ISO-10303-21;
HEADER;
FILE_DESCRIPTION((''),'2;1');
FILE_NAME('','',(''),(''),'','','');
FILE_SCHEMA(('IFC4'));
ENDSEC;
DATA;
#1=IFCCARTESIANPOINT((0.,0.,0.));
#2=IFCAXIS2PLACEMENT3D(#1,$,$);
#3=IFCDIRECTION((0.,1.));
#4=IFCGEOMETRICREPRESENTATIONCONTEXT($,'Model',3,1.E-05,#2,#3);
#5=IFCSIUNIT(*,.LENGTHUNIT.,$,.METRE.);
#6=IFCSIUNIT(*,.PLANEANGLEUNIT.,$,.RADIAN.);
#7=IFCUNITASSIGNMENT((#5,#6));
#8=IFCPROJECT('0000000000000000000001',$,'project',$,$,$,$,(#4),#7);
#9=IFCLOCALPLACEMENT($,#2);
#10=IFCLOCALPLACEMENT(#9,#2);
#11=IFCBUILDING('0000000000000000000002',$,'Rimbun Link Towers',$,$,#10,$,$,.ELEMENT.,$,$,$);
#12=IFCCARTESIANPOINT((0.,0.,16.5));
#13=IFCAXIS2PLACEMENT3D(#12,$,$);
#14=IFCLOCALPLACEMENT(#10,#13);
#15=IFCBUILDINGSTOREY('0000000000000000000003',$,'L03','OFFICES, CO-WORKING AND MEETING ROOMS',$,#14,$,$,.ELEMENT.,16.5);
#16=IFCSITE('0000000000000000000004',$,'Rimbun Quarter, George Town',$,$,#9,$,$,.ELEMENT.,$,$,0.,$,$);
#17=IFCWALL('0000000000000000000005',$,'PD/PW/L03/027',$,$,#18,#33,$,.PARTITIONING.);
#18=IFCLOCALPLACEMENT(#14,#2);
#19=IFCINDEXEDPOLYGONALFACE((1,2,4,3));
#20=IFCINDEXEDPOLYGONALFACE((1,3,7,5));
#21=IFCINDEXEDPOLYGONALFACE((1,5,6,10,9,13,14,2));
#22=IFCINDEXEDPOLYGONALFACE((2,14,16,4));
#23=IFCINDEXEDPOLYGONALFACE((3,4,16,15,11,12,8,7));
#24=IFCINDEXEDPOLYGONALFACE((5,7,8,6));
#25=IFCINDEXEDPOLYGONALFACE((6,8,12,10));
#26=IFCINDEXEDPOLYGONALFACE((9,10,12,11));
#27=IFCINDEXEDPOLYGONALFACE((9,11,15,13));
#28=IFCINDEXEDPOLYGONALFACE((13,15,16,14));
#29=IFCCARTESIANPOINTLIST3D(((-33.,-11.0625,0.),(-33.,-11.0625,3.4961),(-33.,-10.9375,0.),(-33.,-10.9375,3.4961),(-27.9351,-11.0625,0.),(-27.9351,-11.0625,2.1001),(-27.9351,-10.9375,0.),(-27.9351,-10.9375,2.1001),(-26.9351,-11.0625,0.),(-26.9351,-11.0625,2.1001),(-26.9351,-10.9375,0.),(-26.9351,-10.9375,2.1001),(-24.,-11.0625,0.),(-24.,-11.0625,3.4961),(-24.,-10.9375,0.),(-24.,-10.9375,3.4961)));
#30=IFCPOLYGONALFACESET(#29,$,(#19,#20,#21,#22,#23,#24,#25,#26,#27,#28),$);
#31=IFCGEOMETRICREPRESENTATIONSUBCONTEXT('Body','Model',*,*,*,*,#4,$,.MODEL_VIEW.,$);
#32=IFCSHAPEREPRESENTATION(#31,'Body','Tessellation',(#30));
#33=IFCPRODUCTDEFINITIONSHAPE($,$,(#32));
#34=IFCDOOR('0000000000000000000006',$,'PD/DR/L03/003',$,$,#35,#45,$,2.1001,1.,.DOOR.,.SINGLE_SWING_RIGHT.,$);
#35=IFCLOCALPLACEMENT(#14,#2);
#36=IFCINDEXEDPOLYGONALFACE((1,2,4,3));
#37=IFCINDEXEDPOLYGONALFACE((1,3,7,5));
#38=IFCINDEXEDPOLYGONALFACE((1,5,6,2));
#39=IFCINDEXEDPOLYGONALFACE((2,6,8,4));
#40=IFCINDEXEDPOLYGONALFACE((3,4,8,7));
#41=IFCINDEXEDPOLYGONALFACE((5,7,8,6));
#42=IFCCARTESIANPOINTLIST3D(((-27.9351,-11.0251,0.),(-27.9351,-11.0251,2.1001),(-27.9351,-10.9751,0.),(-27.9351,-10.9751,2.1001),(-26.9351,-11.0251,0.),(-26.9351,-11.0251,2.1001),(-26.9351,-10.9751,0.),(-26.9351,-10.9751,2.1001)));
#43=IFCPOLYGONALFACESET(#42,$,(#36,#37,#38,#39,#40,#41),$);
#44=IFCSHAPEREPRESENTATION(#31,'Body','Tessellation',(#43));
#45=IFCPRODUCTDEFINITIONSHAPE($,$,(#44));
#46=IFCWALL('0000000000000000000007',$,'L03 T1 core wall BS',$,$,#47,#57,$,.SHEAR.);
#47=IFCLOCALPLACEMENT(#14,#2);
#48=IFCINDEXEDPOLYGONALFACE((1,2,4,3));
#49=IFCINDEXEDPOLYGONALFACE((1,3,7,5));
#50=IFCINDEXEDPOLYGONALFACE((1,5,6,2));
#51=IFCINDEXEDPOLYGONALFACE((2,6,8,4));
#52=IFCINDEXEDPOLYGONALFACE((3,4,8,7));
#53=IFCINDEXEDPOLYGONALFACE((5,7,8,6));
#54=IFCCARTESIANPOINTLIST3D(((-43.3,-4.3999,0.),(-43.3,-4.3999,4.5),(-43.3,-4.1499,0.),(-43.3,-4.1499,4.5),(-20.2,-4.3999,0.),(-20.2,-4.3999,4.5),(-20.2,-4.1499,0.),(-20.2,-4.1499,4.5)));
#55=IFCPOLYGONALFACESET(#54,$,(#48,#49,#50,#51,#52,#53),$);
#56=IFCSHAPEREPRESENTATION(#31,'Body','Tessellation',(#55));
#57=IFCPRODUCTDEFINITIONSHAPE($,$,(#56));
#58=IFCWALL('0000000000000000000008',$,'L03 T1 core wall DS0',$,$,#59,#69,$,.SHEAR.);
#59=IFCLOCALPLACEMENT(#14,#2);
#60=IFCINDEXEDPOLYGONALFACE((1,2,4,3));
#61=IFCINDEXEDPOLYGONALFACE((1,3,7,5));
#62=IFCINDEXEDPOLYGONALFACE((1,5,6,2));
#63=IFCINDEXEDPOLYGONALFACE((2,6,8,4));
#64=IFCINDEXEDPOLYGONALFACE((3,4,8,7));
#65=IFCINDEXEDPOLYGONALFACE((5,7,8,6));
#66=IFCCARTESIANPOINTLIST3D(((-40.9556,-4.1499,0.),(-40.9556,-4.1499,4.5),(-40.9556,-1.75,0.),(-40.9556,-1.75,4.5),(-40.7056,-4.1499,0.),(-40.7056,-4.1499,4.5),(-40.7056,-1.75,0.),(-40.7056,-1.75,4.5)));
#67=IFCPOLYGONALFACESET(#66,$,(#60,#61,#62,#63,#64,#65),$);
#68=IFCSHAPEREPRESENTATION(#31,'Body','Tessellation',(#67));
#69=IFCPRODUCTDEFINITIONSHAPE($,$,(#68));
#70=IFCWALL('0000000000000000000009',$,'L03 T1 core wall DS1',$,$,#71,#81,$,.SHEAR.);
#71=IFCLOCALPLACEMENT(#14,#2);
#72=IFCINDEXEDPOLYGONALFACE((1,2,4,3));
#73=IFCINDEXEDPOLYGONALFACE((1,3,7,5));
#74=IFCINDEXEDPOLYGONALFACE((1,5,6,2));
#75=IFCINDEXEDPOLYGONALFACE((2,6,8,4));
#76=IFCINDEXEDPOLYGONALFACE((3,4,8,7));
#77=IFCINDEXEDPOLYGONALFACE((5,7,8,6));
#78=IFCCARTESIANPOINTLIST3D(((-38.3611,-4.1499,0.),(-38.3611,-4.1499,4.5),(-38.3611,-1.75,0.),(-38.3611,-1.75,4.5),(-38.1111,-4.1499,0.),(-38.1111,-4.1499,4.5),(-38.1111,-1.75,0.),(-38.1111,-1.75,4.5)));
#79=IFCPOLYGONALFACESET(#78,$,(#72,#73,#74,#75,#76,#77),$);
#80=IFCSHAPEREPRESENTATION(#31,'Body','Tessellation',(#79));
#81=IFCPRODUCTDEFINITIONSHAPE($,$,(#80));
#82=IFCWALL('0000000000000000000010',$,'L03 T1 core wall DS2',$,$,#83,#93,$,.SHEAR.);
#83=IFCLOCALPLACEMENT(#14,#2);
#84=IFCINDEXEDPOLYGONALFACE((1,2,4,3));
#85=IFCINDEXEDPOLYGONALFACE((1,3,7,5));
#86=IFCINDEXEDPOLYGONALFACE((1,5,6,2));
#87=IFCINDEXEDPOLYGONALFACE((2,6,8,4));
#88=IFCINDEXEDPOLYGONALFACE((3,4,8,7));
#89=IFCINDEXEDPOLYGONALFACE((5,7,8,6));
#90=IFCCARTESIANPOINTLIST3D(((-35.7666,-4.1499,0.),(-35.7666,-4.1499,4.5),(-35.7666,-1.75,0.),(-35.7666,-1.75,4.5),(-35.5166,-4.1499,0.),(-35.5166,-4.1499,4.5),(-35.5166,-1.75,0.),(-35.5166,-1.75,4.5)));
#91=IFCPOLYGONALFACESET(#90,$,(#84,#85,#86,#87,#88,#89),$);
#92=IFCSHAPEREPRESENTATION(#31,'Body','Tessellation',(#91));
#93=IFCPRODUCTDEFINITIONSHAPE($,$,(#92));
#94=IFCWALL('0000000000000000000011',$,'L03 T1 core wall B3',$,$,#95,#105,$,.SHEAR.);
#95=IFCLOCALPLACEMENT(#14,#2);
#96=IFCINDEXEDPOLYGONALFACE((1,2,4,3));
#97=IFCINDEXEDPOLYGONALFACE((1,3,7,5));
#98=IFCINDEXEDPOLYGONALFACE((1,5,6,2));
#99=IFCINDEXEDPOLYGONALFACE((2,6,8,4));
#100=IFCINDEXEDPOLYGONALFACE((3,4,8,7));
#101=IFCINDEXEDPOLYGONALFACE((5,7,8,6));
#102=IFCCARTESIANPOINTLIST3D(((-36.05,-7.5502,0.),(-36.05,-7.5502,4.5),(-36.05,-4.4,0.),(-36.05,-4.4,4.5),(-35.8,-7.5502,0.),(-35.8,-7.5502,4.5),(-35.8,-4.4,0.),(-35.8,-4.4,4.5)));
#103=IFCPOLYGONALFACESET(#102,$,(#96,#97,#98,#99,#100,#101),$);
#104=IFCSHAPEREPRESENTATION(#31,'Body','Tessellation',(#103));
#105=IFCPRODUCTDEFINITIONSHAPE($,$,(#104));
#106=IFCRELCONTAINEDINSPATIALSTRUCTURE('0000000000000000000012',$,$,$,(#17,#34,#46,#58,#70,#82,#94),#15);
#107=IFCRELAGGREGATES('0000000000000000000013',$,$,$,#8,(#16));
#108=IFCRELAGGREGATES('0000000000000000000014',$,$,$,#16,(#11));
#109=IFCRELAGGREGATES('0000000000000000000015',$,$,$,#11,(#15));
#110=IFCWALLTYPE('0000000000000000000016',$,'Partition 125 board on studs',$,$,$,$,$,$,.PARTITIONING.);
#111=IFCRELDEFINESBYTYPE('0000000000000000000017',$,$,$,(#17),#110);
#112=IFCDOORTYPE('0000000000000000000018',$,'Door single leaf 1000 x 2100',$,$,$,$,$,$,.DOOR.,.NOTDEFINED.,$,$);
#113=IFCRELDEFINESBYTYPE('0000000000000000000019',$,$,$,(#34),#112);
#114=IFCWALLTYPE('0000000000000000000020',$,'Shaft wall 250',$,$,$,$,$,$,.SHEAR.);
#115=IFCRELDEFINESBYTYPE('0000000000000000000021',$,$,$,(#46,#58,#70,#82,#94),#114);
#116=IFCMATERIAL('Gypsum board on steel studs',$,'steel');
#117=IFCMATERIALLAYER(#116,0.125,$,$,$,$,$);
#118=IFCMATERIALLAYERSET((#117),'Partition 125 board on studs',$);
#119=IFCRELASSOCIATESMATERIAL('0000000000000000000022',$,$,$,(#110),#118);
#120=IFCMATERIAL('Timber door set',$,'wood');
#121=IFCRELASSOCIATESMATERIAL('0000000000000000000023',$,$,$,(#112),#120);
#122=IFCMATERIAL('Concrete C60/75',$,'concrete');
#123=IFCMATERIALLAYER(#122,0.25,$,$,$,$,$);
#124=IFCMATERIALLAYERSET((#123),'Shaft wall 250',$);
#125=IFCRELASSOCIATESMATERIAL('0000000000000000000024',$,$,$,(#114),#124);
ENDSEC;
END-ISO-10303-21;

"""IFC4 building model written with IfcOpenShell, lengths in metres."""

from ifc_helpers import new_model, si_unit, direction, frame, frame_2d, origin, place, context, subcontext, project, spatial, rectangle, extrude, material, layer, layer_set, type_object, element, fill, save


model = new_model("IFC4")

# Units and contexts
model_context = context("Model", 3, precision=1e-05, world=origin(), true_north=direction((0.0, 1.0)))
body_context = subcontext(model_context, "Body", "Model", "MODEL_VIEW")
ifc_project = project(units=[si_unit("LENGTHUNIT", "METRE"), si_unit("PLANEANGLEUNIT", "RADIAN")], contexts=[model_context])

# Site, building, storey
site_placement = place(None, origin())
site = spatial("IfcSite", under=ifc_project, at=site_placement, Name="Rimbun Quarter, George Town", CompositionType="ELEMENT", RefElevation=0.0)
building_placement = place(site_placement, origin())
building = spatial("IfcBuilding", under=site, at=building_placement, Name="Rimbun Link Towers", CompositionType="ELEMENT")
storey_placement = place(building_placement, frame((0.0, 0.0, 16.5)))
storey = spatial("IfcBuildingStorey", under=building, at=storey_placement, Name="L03", Description="OFFICES, CO-WORKING AND MEETING ROOMS", CompositionType="ELEMENT", Elevation=16.5)

# Wall, opening, door
ifc_material_1 = material(Name="Gypsum board on steel studs", Category="steel")
ifc_layer_1 = layer(ifc_material_1, 0.125)
ifc_layer_set_1 = layer_set([ifc_layer_1], Name="Partition 125 board on studs")
wall_type_1 = type_object("IfcWallType", Name="Partition 125 board on studs", PredefinedType="PARTITIONING", material=ifc_layer_set_1)
ifc_material_2 = material(Name="Timber door set", Category="wood")
door_type_1 = type_object("IfcDoorType", Name="Door single leaf 1000 x 2100", OperationType="NOTDEFINED", PredefinedType="DOOR", material=ifc_material_2)
wall_1_placement = place(storey_placement, frame((-33.0, -11.0, 0.0), z_axis=(0.0, 0.0, 1.0), x_axis=(1.0, 0.0, 0.0)))
wall_1 = element("IfcWall", 1, at=wall_1_placement, inside=storey, type_object=wall_type_1, Name="PD/PW/L03/027", PredefinedType="PARTITIONING", context=body_context, shape_type="SweptSolid", body=[
    extrude(rectangle(XDim=9.0, YDim=0.125, at=frame_2d((4.5, 0.0))), origin(), (0.0, 0.0, 1.0), 3.4961),
])
opening_1_placement = place(wall_1_placement, frame((5.0649, 0.0, 0.0)))
opening_1 = element("IfcOpeningElement", 2, at=opening_1_placement, cuts=wall_1, PredefinedType="OPENING", context=body_context, shape_type="SweptSolid", body=[
    extrude(rectangle(XDim=1.0, YDim=2.1001, at=frame_2d((0.5, 1.05))), frame((0.0, 0.0725, 0.0), z_axis=(0.0, -1.0, 0.0), x_axis=(1.0, 0.0, 0.0)), (0.0, 0.0, 1.0), 0.145),
])
door_1_placement = place(opening_1_placement, origin())
door_1 = element("IfcDoor", 3, at=door_1_placement, inside=storey, type_object=door_type_1, Name="PD/DR/L03/003", OperationType="SINGLE_SWING_RIGHT", OverallHeight=2.1001, OverallWidth=1.0, PredefinedType="DOOR", context=body_context, shape_type="SweptSolid", body=[
    extrude(rectangle(XDim=1.0, YDim=2.1001, at=frame_2d((0.5, 1.05))), frame((0.0, 0.0249, 0.0), z_axis=(0.0, -1.0, 0.0), x_axis=(1.0, 0.0, 0.0)), (0.0, 0.0, 1.0), 0.05),
])
fill(opening_1, door_1)

# Walls
ifc_material_3 = material(Name="Concrete C60/75", Category="concrete")
ifc_layer_2 = layer(ifc_material_3, 0.25)
ifc_layer_set_2 = layer_set([ifc_layer_2], Name="Shaft wall 250")
wall_type_2 = type_object("IfcWallType", Name="Shaft wall 250", PredefinedType="SHEAR", material=ifc_layer_set_2)
wall_2_placement = place(storey_placement, frame((-43.3, -4.2749, 0.0), z_axis=(0.0, 0.0, 1.0), x_axis=(1.0, 0.0, 0.0)))
element("IfcWall", 4, at=wall_2_placement, inside=storey, type_object=wall_type_2, Name="L03 T1 core wall BS", PredefinedType="SHEAR", context=body_context, shape_type="SweptSolid", body=[
    extrude(rectangle(XDim=23.1001, YDim=0.25, at=frame_2d((11.55, 0.0))), origin(), (0.0, 0.0, 1.0), 4.5),
])
for number, where, z_axis, x_axis, name in (
    (5, (-40.8306, -4.1499, 0.0), (0.0, 0.0, 1.0), (0.0, 1.0, 0.0), "L03 T1 core wall DS0"),
    (6, (-38.2361, -4.1499, 0.0), (0.0, 0.0, 1.0), (0.0, 1.0, 0.0), "L03 T1 core wall DS1"),
    (7, (-35.6416, -4.1499, 0.0), (0.0, 0.0, 1.0), (0.0, 1.0, 0.0), "L03 T1 core wall DS2"),
):
    element("IfcWall", number, at=place(storey_placement, frame(where, z_axis=z_axis, x_axis=x_axis)), inside=storey, type_object=wall_type_2, Name=name, PredefinedType="SHEAR", context=body_context, shape_type="SweptSolid", body=[
        extrude(rectangle(XDim=2.3999, YDim=0.25, at=frame_2d((1.2, 0.0))), origin(), (0.0, 0.0, 1.0), 4.5),
    ])
wall_3_placement = place(storey_placement, frame((-35.925, -4.3999, 0.0), z_axis=(0.0, 0.0, 1.0), x_axis=(0.0, -1.0, 0.0)))
element("IfcWall", 8, at=wall_3_placement, inside=storey, type_object=wall_type_2, Name="L03 T1 core wall B3", PredefinedType="SHEAR", context=body_context, shape_type="SweptSolid", body=[
    extrude(rectangle(XDim=3.1501, YDim=0.25, at=frame_2d((1.5752, 0.0))), origin(), (0.0, 0.0, 1.0), 4.5),
])

save(model, "model.ifc")
